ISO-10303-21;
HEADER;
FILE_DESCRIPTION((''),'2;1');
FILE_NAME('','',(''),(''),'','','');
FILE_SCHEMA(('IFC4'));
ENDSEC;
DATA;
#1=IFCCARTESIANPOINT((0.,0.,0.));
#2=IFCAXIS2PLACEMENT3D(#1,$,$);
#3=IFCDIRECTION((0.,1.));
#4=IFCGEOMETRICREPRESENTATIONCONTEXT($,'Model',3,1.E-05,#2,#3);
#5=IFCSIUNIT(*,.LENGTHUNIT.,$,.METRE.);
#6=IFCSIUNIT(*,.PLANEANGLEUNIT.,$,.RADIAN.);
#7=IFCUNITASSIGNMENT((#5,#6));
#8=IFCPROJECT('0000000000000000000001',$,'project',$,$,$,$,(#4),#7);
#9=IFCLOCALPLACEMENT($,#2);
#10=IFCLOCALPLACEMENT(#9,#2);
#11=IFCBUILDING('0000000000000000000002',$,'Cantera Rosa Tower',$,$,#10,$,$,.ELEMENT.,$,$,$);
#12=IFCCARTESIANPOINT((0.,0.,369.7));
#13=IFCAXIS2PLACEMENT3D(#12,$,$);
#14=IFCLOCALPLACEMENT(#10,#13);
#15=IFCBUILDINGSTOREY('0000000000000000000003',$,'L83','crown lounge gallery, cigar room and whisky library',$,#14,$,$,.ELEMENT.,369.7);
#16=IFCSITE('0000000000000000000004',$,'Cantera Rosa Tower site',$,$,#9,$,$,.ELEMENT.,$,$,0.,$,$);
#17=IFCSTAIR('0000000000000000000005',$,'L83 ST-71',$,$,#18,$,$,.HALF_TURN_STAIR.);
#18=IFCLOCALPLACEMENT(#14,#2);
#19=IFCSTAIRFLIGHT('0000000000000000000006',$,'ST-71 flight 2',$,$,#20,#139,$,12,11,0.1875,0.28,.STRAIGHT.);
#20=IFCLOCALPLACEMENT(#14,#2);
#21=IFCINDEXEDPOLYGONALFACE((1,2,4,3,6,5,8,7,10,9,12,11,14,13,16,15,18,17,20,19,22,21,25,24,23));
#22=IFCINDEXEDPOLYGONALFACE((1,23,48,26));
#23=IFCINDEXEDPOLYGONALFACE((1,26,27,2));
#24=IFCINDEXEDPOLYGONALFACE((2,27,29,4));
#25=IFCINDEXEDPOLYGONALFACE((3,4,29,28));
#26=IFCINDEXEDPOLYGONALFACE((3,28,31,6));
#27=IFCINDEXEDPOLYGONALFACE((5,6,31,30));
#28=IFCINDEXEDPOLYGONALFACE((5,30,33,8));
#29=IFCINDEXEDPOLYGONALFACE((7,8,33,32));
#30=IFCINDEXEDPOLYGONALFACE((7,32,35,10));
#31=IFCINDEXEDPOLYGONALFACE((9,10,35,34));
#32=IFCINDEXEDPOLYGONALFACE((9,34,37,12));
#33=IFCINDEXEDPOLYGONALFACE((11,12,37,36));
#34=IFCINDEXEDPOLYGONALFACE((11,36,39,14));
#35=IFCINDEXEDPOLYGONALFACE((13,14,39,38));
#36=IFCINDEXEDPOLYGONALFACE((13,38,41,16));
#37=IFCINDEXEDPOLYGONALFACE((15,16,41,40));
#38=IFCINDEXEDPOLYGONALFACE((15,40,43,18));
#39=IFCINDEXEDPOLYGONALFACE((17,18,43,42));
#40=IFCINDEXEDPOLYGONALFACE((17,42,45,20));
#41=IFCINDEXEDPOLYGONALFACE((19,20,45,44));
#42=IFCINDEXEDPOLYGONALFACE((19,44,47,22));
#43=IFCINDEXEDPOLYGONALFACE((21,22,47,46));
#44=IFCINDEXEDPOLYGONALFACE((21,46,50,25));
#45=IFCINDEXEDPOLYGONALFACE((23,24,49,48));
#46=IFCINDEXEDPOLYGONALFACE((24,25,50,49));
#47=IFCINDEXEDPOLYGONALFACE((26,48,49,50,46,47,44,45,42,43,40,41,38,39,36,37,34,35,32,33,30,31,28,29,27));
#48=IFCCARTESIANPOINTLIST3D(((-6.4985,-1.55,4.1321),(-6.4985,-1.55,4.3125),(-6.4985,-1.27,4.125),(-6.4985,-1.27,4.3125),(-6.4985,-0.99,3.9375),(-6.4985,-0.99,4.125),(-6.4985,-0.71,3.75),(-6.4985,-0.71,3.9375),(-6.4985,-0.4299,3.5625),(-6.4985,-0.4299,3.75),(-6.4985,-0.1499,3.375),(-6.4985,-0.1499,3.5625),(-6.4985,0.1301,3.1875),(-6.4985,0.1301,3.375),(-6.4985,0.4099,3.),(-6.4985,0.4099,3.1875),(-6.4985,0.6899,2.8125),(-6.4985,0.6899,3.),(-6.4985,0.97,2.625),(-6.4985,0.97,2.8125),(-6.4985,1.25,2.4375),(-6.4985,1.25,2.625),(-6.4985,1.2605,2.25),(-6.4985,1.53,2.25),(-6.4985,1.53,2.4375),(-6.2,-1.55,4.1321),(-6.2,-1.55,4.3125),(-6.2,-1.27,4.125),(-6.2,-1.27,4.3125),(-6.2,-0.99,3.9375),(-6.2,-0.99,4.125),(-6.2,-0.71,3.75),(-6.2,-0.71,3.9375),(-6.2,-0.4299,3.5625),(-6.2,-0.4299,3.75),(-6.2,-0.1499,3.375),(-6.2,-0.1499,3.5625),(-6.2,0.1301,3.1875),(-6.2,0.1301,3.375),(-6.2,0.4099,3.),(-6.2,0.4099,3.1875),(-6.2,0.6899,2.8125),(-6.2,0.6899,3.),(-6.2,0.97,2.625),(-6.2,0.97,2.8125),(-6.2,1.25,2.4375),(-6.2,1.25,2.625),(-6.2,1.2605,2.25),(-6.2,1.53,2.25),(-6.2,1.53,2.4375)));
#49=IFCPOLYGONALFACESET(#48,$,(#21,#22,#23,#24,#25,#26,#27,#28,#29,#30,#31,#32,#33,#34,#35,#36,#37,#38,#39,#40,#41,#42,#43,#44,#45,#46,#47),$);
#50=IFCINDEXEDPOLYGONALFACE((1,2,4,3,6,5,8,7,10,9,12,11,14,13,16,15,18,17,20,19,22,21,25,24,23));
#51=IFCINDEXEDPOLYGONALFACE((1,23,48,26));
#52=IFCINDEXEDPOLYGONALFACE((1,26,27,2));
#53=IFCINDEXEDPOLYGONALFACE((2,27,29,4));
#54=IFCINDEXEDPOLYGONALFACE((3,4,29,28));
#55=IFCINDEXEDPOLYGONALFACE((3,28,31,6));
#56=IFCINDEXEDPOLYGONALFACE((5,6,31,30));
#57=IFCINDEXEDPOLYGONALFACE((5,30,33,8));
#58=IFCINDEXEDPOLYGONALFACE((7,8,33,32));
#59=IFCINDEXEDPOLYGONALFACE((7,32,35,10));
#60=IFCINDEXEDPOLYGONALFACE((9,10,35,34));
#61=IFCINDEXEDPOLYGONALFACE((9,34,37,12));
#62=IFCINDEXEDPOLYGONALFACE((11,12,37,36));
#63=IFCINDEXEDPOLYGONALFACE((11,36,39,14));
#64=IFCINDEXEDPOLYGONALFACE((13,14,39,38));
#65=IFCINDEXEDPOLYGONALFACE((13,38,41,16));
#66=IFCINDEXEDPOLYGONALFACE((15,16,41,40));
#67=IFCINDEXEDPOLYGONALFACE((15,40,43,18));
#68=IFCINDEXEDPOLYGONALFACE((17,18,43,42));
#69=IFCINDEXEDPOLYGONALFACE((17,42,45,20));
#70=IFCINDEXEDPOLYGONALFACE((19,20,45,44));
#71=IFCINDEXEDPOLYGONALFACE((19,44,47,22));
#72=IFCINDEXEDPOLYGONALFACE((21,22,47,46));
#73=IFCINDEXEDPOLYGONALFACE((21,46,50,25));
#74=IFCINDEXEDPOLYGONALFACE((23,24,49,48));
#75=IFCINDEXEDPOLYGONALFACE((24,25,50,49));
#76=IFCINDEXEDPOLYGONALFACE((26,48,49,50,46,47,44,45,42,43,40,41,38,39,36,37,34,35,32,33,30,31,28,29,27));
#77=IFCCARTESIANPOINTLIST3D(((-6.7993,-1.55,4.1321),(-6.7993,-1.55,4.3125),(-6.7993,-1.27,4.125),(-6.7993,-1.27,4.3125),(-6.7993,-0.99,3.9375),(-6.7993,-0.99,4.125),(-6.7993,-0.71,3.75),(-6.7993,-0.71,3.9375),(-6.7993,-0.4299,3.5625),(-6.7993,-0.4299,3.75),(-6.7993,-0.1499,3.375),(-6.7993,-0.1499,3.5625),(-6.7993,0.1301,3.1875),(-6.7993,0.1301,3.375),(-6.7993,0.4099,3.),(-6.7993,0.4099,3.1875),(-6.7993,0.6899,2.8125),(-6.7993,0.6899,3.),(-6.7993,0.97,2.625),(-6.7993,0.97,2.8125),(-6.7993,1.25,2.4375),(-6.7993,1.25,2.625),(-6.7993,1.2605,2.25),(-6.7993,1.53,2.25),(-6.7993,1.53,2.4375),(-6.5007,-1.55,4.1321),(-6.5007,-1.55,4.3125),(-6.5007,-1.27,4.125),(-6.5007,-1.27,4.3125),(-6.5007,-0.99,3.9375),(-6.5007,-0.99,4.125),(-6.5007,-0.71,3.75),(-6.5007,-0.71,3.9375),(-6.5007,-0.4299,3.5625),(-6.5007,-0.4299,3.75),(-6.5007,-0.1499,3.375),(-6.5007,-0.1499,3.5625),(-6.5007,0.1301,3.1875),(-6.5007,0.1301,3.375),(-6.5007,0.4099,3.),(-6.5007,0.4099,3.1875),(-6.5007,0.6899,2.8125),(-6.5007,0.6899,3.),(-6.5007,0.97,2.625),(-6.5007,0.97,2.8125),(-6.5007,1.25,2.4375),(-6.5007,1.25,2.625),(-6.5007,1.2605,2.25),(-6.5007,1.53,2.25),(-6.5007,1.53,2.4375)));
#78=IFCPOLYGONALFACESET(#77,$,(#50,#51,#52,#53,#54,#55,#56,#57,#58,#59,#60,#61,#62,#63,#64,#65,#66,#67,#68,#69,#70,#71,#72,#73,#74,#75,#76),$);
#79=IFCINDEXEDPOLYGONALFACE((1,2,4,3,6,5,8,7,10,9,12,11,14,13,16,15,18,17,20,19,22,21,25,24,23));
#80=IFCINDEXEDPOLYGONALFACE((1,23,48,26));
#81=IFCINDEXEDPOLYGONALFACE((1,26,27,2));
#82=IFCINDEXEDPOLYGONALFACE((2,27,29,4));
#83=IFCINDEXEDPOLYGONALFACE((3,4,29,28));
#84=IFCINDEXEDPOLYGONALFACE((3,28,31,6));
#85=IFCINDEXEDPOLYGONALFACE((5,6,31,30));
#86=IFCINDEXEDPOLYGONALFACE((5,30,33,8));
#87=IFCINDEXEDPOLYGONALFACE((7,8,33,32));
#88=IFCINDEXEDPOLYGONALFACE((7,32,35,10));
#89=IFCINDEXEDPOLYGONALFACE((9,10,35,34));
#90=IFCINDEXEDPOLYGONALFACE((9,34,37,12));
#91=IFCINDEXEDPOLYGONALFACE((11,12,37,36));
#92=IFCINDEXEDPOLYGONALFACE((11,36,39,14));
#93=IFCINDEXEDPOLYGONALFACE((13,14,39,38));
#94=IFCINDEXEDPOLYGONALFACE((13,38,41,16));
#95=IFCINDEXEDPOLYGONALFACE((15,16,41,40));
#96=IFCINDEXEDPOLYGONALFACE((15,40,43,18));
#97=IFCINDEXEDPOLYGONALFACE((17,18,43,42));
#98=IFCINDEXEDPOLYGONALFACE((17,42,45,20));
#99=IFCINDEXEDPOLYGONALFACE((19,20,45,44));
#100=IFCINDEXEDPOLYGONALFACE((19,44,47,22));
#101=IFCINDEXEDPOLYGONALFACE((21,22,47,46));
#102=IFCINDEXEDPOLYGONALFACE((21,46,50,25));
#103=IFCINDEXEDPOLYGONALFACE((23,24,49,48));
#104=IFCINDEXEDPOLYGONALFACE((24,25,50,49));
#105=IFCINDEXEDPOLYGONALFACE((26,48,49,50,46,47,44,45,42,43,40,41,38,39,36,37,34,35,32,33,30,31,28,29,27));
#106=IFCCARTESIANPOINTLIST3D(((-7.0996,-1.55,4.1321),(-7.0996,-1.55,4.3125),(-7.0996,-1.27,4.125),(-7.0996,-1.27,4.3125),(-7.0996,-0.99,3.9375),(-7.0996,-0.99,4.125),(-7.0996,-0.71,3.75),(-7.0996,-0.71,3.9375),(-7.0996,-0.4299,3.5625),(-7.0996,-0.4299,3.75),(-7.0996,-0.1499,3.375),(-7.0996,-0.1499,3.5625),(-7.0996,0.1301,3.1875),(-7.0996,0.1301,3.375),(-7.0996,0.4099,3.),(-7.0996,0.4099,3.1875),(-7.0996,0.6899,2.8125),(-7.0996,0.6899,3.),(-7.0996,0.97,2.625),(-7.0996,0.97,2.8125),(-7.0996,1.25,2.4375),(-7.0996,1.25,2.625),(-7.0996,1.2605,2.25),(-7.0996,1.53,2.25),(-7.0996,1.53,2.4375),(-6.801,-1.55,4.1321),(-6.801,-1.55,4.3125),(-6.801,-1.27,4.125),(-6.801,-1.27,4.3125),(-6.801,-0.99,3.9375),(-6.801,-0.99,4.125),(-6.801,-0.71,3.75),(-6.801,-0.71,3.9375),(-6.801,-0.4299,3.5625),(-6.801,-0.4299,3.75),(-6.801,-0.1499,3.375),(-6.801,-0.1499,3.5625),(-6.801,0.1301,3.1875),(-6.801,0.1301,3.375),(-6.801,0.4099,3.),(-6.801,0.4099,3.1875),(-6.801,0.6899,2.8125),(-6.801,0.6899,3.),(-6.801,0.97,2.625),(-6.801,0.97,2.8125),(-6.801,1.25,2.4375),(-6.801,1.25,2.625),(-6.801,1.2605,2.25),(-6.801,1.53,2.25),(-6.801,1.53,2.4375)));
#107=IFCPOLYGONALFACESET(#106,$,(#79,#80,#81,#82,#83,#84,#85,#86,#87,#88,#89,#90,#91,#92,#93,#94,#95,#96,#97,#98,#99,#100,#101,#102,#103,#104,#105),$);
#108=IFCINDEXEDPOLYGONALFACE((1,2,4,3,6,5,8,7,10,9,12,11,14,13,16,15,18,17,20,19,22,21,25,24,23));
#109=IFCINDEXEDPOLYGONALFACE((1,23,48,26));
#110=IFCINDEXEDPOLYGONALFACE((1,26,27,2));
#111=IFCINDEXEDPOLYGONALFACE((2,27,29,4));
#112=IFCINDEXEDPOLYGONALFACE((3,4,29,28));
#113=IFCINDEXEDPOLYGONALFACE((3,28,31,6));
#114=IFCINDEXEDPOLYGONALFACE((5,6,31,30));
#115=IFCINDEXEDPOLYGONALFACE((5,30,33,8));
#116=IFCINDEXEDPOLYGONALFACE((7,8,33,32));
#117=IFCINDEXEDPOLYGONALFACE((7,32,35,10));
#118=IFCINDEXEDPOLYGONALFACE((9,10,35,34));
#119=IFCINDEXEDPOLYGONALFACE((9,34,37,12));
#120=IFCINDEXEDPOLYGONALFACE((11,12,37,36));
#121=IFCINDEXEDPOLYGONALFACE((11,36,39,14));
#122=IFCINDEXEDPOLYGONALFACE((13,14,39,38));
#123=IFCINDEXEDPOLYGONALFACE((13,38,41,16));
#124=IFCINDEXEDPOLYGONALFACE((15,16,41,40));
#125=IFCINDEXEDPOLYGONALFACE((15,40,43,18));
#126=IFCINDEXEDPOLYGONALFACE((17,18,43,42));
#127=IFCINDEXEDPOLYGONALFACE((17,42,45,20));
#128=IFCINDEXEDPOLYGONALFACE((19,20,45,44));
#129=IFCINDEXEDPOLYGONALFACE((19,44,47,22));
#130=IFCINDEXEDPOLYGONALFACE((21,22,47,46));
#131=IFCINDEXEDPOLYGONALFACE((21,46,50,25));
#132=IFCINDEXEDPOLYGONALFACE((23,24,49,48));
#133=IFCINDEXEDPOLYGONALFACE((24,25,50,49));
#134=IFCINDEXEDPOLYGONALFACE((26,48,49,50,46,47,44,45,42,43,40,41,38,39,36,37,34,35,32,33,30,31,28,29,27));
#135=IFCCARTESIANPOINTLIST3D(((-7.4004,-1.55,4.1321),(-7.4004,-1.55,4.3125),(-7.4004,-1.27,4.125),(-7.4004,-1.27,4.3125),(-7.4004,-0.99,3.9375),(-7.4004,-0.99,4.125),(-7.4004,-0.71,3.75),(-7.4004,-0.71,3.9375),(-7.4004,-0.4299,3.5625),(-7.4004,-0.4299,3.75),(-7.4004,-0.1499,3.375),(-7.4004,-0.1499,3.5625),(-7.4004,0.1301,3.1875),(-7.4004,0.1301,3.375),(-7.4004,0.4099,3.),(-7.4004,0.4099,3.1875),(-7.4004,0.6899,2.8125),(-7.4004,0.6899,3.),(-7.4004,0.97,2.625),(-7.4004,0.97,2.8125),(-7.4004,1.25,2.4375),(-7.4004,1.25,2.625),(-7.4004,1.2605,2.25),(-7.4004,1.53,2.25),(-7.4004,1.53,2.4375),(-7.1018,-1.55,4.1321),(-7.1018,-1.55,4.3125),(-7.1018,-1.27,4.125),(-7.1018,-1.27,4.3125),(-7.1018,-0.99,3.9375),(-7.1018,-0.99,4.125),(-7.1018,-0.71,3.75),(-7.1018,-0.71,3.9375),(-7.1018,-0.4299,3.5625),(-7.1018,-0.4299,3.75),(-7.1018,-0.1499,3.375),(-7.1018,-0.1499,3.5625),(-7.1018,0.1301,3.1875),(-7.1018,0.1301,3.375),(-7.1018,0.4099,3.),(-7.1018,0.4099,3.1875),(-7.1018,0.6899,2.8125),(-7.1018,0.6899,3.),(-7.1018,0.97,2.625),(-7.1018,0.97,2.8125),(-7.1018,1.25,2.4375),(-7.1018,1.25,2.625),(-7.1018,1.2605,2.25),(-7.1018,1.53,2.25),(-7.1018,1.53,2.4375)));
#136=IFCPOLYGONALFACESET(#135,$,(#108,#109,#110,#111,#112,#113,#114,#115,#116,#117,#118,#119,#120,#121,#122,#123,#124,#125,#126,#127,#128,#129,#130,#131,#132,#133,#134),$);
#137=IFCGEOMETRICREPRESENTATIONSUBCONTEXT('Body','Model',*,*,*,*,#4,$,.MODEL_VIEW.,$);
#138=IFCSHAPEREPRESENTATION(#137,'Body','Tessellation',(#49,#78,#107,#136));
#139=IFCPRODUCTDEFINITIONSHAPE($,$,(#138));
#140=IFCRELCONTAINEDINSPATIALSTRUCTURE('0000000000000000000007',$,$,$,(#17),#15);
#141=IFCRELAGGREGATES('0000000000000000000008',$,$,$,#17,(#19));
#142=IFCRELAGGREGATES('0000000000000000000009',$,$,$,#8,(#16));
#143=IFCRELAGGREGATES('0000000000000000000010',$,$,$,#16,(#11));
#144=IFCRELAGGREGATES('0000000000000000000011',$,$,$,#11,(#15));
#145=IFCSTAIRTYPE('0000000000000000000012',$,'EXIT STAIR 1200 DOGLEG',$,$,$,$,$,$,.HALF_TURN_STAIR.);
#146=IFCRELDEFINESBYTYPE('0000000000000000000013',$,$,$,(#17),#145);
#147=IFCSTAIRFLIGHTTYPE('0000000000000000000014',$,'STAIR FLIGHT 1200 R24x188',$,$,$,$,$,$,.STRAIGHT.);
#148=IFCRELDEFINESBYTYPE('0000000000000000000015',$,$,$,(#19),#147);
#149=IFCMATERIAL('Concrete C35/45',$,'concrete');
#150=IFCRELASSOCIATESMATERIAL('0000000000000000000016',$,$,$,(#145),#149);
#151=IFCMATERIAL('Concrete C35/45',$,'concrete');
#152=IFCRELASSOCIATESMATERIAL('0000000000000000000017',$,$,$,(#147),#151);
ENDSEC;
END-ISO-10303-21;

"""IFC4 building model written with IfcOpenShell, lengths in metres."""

from ifc_helpers import new_model, si_unit, direction, frame, origin, place, context, subcontext, project, spatial, polyline, outline, extrude, material, type_object, element, aggregate, save


model = new_model("IFC4")

# Units and contexts
model_context = context("Model", 3, precision=1e-05, world=origin(), true_north=direction((0.0, 1.0)))
body_context = subcontext(model_context, "Body", "Model", "MODEL_VIEW")
ifc_project = project(units=[si_unit("LENGTHUNIT", "METRE"), si_unit("PLANEANGLEUNIT", "RADIAN")], contexts=[model_context])

# Site, building, storey
site_placement = place(None, origin())
site = spatial("IfcSite", under=ifc_project, at=site_placement, Name="Cantera Rosa Tower site", CompositionType="ELEMENT", RefElevation=0.0)
building_placement = place(site_placement, origin())
building = spatial("IfcBuilding", under=site, at=building_placement, Name="Cantera Rosa Tower", CompositionType="ELEMENT")
storey_placement = place(building_placement, frame((0.0, 0.0, 369.7)))
storey = spatial("IfcBuildingStorey", under=building, at=storey_placement, Name="L83", Description="crown lounge gallery, cigar room and whisky library", CompositionType="ELEMENT", Elevation=369.7)

# Stair, stair flight
ifc_material_1 = material(Name="Concrete C35/45", Category="concrete")
stair_type = type_object("IfcStairType", Name="EXIT STAIR 1200 DOGLEG", PredefinedType="HALF_TURN_STAIR", material=ifc_material_1)
stair_placement = place(storey_placement, origin())
stair = element("IfcStair", 1, at=stair_placement, inside=storey, type_object=stair_type, Name="L83 ST-71", PredefinedType="HALF_TURN_STAIR")
ifc_material_2 = material(Name="Concrete C35/45", Category="concrete")
stair_flight_type = type_object("IfcStairFlightType", Name="STAIR FLIGHT 1200 R24x188", PredefinedType="STRAIGHT", material=ifc_material_2)
stair_flight_placement = place(storey_placement, frame((-6.8, 1.53, 2.25), z_axis=(0.0, 0.0, 1.0), x_axis=(0.0, -1.0, 0.0)))
stair_flight = element("IfcStairFlight", 2, at=stair_flight_placement, type_object=stair_flight_type, Name="ST-71 flight 2", NumberOfRisers=12, NumberOfTreads=11, PredefinedType="STRAIGHT", RiserHeight=0.1875, TreadLength=0.28, context=body_context, shape_type="SweptSolid", body=[
    extrude(outline(polyline([(0.0, 0.0), (0.0, 0.1875), (0.28, 0.1875), (0.28, 0.375), (0.5601, 0.375), (0.5601, 0.5625), (0.8401, 0.5625), (0.8401, 0.75), (1.1201, 0.75), (1.1201, 0.9375), (1.3999, 0.9375), (1.3999, 1.125), (1.6799, 1.125), (1.6799, 1.3125), (1.96, 1.3125), (1.96, 1.5), (2.24, 1.5), (2.24, 1.6875), (2.52, 1.6875), (2.52, 1.875), (2.8, 1.875), (2.8, 2.0625), (3.0801, 2.0625), (3.0801, 2.25), (3.0801, 1.8821), (0.2695, 0.0), (0.0, 0.0)])), frame((0.0, 0.6001, 0.0), z_axis=(0.0, -1.0, 0.0), x_axis=(1.0, 0.0, 0.0)), (0.0, 0.0, 1.0), 0.2986),
    extrude(outline(polyline([(0.0, 0.0), (0.0, 0.1875), (0.28, 0.1875), (0.28, 0.375), (0.5601, 0.375), (0.5601, 0.5625), (0.8401, 0.5625), (0.8401, 0.75), (1.1201, 0.75), (1.1201, 0.9375), (1.3999, 0.9375), (1.3999, 1.125), (1.6799, 1.125), (1.6799, 1.3125), (1.96, 1.3125), (1.96, 1.5), (2.24, 1.5), (2.24, 1.6875), (2.52, 1.6875), (2.52, 1.875), (2.8, 1.875), (2.8, 2.0625), (3.0801, 2.0625), (3.0801, 2.25), (3.0801, 1.8821), (0.2695, 0.0), (0.0, 0.0)])), frame((0.0, 0.2993, 0.0), z_axis=(0.0, -1.0, 0.0), x_axis=(1.0, 0.0, 0.0)), (0.0, 0.0, 1.0), 0.2986),
    extrude(outline(polyline([(0.0, 0.0), (0.0, 0.1875), (0.28, 0.1875), (0.28, 0.375), (0.5601, 0.375), (0.5601, 0.5625), (0.8401, 0.5625), (0.8401, 0.75), (1.1201, 0.75), (1.1201, 0.9375), (1.3999, 0.9375), (1.3999, 1.125), (1.6799, 1.125), (1.6799, 1.3125), (1.96, 1.3125), (1.96, 1.5), (2.24, 1.5), (2.24, 1.6875), (2.52, 1.6875), (2.52, 1.875), (2.8, 1.875), (2.8, 2.0625), (3.0801, 2.0625), (3.0801, 2.25), (3.0801, 1.8821), (0.2695, 0.0), (0.0, 0.0)])), frame((0.0, -0.001, 0.0), z_axis=(0.0, -1.0, 0.0), x_axis=(1.0, 0.0, 0.0)), (0.0, 0.0, 1.0), 0.2986),
    extrude(outline(polyline([(0.0, 0.0), (0.0, 0.1875), (0.28, 0.1875), (0.28, 0.375), (0.5601, 0.375), (0.5601, 0.5625), (0.8401, 0.5625), (0.8401, 0.75), (1.1201, 0.75), (1.1201, 0.9375), (1.3999, 0.9375), (1.3999, 1.125), (1.6799, 1.125), (1.6799, 1.3125), (1.96, 1.3125), (1.96, 1.5), (2.24, 1.5), (2.24, 1.6875), (2.52, 1.6875), (2.52, 1.875), (2.8, 1.875), (2.8, 2.0625), (3.0801, 2.0625), (3.0801, 2.25), (3.0801, 1.8821), (0.2695, 0.0), (0.0, 0.0)])), frame((0.0, -0.3018, 0.0), z_axis=(0.0, -1.0, 0.0), x_axis=(1.0, 0.0, 0.0)), (0.0, 0.0, 1.0), 0.2986),
])
aggregate(stair, [stair_flight])

save(model, "model.ifc")
